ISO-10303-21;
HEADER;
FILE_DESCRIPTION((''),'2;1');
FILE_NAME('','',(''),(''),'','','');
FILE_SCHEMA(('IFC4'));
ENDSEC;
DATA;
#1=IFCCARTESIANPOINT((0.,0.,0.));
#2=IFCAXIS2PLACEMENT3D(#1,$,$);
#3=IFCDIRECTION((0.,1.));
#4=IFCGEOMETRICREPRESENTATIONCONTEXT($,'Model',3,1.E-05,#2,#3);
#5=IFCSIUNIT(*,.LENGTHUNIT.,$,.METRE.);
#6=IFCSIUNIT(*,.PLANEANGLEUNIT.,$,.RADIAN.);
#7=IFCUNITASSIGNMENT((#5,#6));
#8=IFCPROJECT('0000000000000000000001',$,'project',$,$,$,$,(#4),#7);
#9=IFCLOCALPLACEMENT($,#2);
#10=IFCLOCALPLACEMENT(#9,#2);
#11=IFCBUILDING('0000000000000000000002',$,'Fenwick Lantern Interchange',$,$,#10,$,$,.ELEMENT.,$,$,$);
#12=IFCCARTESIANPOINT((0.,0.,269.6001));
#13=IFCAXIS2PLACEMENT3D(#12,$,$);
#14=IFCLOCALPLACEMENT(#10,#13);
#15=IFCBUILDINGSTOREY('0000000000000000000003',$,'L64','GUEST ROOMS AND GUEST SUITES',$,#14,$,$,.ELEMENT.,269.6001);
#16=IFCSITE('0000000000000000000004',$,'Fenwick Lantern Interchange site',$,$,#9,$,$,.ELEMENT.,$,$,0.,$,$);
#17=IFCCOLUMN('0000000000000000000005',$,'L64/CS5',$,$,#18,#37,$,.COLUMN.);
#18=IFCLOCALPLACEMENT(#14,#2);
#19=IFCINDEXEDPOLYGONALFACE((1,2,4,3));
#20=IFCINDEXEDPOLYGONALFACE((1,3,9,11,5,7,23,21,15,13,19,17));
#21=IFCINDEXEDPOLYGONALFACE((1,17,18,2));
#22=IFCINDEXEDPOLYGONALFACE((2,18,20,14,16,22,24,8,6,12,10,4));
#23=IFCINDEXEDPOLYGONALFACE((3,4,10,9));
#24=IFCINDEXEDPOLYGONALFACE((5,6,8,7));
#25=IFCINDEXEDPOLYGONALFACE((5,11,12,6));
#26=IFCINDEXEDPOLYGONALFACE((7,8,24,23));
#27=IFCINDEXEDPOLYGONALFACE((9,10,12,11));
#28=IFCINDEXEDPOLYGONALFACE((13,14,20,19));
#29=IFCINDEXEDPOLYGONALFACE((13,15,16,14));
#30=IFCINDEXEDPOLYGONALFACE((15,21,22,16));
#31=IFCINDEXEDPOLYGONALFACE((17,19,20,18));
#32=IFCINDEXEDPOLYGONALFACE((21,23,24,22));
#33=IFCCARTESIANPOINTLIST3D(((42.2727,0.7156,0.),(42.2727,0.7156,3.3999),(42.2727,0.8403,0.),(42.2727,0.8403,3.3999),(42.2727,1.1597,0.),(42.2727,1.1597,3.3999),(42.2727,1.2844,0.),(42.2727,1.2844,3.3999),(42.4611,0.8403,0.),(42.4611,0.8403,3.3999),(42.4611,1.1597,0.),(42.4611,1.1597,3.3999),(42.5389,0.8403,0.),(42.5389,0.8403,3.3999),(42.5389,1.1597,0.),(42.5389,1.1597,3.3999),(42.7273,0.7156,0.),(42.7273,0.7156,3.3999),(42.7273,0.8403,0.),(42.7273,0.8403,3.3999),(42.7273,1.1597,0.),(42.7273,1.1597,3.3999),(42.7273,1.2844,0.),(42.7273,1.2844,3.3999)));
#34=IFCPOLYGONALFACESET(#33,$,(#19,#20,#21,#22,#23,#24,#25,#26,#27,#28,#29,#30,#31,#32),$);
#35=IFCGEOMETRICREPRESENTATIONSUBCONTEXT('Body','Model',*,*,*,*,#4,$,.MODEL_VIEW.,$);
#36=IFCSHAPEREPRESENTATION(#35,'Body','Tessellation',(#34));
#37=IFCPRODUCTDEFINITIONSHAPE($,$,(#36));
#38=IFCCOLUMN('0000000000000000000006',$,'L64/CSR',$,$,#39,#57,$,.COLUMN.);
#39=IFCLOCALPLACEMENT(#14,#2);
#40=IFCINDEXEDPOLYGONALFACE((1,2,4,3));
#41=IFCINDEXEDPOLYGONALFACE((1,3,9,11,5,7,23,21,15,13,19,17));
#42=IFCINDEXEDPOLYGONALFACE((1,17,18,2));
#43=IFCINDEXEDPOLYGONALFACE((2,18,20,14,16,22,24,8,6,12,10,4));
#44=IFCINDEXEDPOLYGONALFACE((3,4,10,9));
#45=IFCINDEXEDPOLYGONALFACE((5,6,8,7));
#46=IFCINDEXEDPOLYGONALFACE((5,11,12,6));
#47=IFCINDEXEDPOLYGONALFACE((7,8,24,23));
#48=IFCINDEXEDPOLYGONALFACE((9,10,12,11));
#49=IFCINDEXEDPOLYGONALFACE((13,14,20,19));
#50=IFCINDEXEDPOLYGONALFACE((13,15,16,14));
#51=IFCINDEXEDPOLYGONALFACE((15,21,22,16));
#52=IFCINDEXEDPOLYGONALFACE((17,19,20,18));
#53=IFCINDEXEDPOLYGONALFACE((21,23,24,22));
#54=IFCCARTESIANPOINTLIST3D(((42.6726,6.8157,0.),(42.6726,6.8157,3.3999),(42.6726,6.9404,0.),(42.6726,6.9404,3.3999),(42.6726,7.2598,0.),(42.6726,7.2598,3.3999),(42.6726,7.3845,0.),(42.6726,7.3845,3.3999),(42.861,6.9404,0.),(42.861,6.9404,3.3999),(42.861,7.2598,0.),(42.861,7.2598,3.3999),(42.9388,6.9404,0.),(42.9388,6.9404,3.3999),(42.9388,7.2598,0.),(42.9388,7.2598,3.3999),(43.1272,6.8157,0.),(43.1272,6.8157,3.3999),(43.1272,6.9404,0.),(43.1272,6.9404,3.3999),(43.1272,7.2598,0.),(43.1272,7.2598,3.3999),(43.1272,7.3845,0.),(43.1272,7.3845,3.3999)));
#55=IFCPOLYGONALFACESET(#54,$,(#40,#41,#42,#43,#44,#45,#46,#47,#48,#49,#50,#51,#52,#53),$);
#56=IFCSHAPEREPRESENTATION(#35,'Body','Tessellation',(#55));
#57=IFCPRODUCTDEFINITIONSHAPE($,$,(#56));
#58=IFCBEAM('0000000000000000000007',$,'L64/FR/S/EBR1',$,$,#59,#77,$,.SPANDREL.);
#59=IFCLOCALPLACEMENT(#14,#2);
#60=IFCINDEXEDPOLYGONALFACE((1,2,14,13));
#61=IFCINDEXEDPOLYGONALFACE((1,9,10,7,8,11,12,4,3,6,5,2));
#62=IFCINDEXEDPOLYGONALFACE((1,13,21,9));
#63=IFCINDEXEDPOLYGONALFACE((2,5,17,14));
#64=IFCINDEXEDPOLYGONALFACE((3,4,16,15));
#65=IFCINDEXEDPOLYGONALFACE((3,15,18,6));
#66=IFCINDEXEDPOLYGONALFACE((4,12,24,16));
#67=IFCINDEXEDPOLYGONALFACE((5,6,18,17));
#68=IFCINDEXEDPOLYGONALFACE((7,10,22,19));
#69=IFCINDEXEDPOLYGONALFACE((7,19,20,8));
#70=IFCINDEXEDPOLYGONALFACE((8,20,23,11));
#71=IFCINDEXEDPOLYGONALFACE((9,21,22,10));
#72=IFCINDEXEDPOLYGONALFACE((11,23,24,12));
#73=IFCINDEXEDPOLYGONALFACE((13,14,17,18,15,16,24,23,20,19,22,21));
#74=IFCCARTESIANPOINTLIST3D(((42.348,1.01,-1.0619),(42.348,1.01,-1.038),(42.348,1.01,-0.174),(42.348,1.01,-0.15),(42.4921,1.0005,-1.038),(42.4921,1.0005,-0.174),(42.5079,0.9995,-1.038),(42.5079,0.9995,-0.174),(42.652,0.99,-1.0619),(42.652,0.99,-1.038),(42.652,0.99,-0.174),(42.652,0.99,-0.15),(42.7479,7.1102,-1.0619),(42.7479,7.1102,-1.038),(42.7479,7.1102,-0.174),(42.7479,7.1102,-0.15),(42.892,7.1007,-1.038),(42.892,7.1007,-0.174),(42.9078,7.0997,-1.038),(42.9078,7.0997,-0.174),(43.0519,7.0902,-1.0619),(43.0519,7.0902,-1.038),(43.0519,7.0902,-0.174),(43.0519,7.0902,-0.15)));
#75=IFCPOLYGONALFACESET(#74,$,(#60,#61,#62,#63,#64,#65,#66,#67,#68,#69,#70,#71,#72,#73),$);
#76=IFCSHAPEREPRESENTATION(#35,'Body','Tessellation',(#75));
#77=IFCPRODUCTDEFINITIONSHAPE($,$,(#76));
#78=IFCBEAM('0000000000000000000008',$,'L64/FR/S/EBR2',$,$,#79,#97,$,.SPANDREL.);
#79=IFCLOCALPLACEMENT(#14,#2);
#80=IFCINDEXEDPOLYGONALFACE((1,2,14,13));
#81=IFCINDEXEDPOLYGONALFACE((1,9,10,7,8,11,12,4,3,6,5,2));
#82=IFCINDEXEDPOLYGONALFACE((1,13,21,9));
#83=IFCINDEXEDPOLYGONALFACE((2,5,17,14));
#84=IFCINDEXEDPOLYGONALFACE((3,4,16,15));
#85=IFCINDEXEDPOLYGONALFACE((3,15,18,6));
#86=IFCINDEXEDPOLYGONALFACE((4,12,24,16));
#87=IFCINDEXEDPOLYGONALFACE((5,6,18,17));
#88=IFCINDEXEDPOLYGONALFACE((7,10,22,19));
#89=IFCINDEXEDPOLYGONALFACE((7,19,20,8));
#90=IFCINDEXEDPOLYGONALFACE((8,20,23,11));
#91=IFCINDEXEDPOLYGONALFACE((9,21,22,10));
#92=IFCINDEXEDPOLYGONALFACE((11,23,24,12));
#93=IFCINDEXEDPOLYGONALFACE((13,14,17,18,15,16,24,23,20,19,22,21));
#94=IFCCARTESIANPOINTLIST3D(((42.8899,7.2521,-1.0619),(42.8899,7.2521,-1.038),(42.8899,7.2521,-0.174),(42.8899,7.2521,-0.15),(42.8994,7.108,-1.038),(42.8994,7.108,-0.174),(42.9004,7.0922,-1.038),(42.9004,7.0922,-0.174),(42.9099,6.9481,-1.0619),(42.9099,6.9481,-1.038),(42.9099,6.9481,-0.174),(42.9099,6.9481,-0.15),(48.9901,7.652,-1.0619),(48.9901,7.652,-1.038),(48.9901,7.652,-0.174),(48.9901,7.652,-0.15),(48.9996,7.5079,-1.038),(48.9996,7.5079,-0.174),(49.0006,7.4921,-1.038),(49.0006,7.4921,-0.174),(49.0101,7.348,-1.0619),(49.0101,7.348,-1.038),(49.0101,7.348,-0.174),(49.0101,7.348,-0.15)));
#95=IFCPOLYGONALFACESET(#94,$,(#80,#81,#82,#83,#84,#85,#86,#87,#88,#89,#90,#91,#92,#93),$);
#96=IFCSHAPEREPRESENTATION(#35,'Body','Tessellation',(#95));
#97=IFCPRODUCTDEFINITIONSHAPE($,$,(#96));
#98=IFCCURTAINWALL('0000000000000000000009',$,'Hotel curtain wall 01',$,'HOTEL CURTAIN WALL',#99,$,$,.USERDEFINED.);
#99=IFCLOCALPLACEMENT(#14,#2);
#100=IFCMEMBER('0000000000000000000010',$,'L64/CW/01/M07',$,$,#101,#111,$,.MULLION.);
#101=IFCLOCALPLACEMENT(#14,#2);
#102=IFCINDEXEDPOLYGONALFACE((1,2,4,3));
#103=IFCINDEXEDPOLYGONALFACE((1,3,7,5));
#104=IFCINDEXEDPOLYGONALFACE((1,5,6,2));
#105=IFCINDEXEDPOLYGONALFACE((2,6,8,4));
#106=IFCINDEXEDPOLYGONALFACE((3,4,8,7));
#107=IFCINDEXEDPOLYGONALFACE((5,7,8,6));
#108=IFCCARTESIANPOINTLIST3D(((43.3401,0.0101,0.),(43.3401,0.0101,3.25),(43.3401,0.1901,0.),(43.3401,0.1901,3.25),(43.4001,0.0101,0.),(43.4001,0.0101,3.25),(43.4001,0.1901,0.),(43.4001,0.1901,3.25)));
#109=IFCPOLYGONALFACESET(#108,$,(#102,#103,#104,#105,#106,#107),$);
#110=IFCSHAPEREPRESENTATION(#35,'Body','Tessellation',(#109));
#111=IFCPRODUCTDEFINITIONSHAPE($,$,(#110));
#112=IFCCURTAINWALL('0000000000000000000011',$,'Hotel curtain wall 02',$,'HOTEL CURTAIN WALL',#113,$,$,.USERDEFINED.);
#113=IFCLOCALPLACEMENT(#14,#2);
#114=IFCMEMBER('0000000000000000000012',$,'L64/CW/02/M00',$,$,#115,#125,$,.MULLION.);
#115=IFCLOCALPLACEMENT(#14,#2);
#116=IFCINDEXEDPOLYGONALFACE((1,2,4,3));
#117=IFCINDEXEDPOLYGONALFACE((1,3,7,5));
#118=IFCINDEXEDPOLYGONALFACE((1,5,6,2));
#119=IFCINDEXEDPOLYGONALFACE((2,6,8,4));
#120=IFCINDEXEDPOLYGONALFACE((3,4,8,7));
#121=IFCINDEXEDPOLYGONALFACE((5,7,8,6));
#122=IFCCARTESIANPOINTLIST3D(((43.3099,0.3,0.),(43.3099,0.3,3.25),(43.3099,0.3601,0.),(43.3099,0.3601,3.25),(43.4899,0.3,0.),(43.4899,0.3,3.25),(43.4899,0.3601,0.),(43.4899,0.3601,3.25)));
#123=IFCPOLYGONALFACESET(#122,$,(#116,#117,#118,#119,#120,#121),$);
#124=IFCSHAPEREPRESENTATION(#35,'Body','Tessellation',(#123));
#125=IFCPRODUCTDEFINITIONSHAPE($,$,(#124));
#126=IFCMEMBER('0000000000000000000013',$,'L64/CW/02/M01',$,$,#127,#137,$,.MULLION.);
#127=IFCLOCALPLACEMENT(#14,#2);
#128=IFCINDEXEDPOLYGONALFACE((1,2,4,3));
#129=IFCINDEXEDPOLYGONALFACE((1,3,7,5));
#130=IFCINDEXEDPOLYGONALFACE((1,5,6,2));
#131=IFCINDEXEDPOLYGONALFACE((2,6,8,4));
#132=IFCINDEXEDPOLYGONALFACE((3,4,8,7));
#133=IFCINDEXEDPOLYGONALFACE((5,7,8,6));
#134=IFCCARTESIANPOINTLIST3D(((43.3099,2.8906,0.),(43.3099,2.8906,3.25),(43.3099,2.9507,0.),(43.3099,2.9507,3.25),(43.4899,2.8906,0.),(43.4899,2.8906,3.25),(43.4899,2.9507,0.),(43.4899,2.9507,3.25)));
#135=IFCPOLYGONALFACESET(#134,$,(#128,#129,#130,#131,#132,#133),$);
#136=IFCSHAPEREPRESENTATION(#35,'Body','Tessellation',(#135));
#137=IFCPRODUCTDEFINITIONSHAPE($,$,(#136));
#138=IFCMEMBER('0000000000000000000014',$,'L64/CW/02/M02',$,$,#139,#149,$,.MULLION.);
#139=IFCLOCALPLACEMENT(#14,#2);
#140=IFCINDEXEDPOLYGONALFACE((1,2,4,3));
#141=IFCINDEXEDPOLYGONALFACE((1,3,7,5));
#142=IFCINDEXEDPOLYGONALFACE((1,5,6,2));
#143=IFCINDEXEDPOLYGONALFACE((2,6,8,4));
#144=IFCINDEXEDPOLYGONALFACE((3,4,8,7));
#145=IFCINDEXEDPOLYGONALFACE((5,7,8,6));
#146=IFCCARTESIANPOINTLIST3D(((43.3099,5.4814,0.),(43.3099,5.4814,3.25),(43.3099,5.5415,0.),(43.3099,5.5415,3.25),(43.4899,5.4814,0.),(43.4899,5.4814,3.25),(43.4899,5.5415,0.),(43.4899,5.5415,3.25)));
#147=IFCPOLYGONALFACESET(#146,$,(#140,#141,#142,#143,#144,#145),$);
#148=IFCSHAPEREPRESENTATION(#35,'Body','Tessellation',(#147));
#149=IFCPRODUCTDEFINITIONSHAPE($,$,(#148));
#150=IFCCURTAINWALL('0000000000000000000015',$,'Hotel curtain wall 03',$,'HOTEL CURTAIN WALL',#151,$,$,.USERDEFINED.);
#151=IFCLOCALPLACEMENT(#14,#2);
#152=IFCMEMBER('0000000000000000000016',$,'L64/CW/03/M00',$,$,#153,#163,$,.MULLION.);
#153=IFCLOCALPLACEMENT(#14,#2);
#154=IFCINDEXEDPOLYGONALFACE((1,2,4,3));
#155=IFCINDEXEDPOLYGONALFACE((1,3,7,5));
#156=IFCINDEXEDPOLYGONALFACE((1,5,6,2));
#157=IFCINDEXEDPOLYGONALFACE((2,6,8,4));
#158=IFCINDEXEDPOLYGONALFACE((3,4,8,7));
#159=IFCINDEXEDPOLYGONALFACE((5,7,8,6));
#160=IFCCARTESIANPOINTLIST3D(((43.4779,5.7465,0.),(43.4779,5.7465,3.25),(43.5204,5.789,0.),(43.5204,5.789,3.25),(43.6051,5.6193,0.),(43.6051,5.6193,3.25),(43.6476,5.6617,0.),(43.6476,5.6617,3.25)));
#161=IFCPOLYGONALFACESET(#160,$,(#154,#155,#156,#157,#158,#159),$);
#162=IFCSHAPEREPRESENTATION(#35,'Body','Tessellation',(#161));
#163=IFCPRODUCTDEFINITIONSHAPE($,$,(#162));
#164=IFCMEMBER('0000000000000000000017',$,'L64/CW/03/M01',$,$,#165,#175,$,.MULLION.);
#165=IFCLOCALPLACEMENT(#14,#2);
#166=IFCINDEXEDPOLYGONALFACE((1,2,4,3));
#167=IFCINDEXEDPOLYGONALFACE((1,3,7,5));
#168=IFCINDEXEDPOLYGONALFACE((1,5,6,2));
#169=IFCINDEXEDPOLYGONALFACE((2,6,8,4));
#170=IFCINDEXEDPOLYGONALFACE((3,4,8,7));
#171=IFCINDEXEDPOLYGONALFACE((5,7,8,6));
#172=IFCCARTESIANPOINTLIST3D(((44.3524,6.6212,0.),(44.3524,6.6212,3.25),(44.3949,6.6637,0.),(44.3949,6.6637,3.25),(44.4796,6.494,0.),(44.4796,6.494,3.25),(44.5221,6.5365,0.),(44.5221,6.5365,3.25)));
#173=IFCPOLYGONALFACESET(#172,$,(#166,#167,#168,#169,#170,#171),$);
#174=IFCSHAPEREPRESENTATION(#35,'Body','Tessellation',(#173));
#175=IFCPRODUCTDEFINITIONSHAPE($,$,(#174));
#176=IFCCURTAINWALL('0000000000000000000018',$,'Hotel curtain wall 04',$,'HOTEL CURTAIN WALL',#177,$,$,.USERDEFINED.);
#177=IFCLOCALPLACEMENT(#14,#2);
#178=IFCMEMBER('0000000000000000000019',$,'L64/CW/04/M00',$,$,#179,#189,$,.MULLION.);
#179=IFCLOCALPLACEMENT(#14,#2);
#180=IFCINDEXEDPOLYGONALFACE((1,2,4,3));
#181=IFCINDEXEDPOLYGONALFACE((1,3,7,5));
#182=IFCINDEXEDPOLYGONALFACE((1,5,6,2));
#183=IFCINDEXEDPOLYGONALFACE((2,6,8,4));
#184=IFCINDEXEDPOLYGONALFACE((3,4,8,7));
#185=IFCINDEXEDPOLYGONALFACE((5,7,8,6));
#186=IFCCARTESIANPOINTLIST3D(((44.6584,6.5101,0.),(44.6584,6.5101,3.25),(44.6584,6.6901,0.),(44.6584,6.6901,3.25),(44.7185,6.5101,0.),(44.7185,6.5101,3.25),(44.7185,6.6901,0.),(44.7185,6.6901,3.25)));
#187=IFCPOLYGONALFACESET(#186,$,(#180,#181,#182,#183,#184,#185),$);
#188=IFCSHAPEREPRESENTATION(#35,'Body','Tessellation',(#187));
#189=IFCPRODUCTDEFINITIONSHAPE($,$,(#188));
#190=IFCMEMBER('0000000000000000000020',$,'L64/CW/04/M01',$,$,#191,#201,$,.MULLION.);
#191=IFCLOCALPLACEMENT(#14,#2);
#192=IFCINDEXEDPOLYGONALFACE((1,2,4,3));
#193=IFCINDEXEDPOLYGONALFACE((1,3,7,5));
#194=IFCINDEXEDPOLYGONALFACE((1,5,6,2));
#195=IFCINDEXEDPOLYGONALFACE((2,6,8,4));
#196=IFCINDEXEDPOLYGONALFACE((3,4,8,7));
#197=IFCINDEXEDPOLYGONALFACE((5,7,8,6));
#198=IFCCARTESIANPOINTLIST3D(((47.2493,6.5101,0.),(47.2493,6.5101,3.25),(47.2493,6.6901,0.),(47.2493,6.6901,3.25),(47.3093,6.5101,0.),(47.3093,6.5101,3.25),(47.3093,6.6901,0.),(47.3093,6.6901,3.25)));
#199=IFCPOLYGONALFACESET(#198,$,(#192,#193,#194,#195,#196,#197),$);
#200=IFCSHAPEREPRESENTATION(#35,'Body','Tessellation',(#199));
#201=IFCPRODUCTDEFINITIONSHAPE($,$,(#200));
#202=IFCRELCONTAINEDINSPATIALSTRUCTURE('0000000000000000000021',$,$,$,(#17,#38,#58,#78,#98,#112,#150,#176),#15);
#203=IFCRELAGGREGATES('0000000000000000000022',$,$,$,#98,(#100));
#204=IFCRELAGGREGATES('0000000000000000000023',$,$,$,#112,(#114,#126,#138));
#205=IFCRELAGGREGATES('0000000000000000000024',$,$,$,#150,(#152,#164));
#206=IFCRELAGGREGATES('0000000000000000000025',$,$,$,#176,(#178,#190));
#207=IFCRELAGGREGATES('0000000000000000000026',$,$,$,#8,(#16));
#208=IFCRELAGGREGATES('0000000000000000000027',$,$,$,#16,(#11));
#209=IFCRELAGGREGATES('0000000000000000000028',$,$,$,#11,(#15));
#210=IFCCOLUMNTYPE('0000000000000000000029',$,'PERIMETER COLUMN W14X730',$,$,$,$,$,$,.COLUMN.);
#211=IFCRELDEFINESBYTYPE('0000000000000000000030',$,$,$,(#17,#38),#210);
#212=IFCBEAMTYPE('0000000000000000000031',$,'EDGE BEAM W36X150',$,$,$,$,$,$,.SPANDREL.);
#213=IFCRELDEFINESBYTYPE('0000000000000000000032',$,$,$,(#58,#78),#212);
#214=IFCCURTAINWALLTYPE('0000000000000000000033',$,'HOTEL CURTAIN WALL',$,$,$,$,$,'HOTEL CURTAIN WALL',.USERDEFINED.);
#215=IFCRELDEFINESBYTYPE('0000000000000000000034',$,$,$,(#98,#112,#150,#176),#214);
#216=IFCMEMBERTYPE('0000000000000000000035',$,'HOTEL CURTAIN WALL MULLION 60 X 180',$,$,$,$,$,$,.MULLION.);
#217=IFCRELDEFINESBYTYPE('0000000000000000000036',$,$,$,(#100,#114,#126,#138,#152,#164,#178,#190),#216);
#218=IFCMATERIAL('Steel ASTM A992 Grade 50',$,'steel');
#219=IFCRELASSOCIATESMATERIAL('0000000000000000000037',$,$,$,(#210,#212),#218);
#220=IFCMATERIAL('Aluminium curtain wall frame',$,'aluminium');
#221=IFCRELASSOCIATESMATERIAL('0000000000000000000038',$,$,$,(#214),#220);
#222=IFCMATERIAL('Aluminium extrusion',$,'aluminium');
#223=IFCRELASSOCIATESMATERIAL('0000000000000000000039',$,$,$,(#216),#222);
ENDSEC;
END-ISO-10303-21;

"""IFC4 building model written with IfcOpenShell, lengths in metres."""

from ifc_helpers import new_model, si_unit, direction, frame, origin, origin_2d, place, context, subcontext, project, spatial, rectangle, i_section, extrude, material, material_profile, profile_set, type_object, element, aggregate, save


model = new_model("IFC4")

# Units and contexts
model_context = context("Model", 3, precision=1e-05, world=origin(), true_north=direction((0.0, 1.0)))
body_context = subcontext(model_context, "Body", "Model", "MODEL_VIEW")
ifc_project = project(units=[si_unit("LENGTHUNIT", "METRE"), si_unit("PLANEANGLEUNIT", "RADIAN")], contexts=[model_context])

# Site, building, storey
site_placement = place(None, origin())
site = spatial("IfcSite", under=ifc_project, at=site_placement, Name="Fenwick Lantern Interchange site", CompositionType="ELEMENT", RefElevation=0.0)
building_placement = place(site_placement, origin())
building = spatial("IfcBuilding", under=site, at=building_placement, Name="Fenwick Lantern Interchange", CompositionType="ELEMENT")
storey_placement = place(building_placement, frame((0.0, 0.0, 269.6001)))
storey = spatial("IfcBuildingStorey", under=building, at=storey_placement, Name="L64", Description="GUEST ROOMS AND GUEST SUITES", CompositionType="ELEMENT", Elevation=269.6001)

# Columns
ifc_material_1 = material(Name="Steel ASTM A992 Grade 50", Category="steel")
ifc_material_profile_1 = material_profile(ifc_material_1, i_section(OverallWidth=0.4546, OverallDepth=0.5688, WebThickness=0.0779, FlangeThickness=0.1248, at=origin_2d()), Name="W14X730")
ifc_profile_set_1 = profile_set([ifc_material_profile_1], Name="Steel ASTM A992 Grade 50")
column_type = type_object("IfcColumnType", Name="PERIMETER COLUMN W14X730", PredefinedType="COLUMN", material=ifc_profile_set_1)
for number, where, z_axis, x_axis, name in (
    (1, (42.5, 1.0, 0.0), (0.0, 0.0, 1.0), (1.0, 0.0, 0.0), "L64/CS5"),
    (2, (42.8999, 7.1001, 0.0), (0.0, 0.0, 1.0), (1.0, 0.0, 0.0), "L64/CSR"),
):
    element("IfcColumn", number, at=place(storey_placement, frame(where, z_axis=z_axis, x_axis=x_axis)), inside=storey, type_object=column_type, Name=name, PredefinedType="COLUMN", context=body_context, shape_type="SweptSolid", body=[
        extrude(i_section(OverallWidth=0.4546, OverallDepth=0.5688, WebThickness=0.0779, FlangeThickness=0.1248, at=origin_2d()), origin(), (0.0, 0.0, 1.0), 3.3999),
    ])

# Beams
ifc_material_profile_2 = material_profile(ifc_material_1, i_section(OverallWidth=0.3047, OverallDepth=0.9119, WebThickness=0.0159, FlangeThickness=0.0239, at=origin_2d()), Name="W36X150")
ifc_profile_set_2 = profile_set([ifc_material_profile_2], Name="Steel ASTM A992 Grade 50")
beam_type = type_object("IfcBeamType", Name="EDGE BEAM W36X150", PredefinedType="SPANDREL", material=ifc_profile_set_2)
for number, where, z_axis, x_axis, name in (
    (3, (42.5, 1.0, -0.606), (0.065416, 0.997858, 0.0), (-0.997858, 0.065416, 0.0), "L64/FR/S/EBR1"),
    (4, (42.8999, 7.1001, -0.606), (0.997858, 0.065416, 0.0), (-0.065416, 0.997858, 0.0), "L64/FR/S/EBR2"),
):
    element("IfcBeam", number, at=place(storey_placement, frame(where, z_axis=z_axis, x_axis=x_axis)), inside=storey, type_object=beam_type, Name=name, PredefinedType="SPANDREL", context=body_context, shape_type="SweptSolid", body=[
        extrude(i_section(OverallWidth=0.3047, OverallDepth=0.9119, WebThickness=0.0159, FlangeThickness=0.0239, at=origin_2d()), origin(), (0.0, 0.0, 1.0), 6.1133),
    ])

# Curtain wall, member
ifc_material_2 = material(Name="Aluminium curtain wall frame", Category="aluminium")
curtain_wall_type = type_object("IfcCurtainWallType", Name="HOTEL CURTAIN WALL", ElementType="HOTEL CURTAIN WALL", PredefinedType="USERDEFINED", material=ifc_material_2)
curtain_wall_1_placement = place(storey_placement, origin())
curtain_wall_1 = element("IfcCurtainWall", 5, at=curtain_wall_1_placement, inside=storey, type_object=curtain_wall_type, Name="Hotel curtain wall 01", ObjectType="HOTEL CURTAIN WALL", PredefinedType="USERDEFINED")
ifc_material_3 = material(Name="Aluminium extrusion", Category="aluminium")
ifc_material_profile_3 = material_profile(ifc_material_3, rectangle(XDim=0.1799, YDim=0.0601, at=origin_2d()), Name="HOTEL CURTAIN WALL MULLION 60 X 180")
ifc_profile_set_3 = profile_set([ifc_material_profile_3], Name="Aluminium extrusion")
member_type_1 = type_object("IfcMemberType", Name="HOTEL CURTAIN WALL MULLION 60 X 180", PredefinedType="MULLION", material=ifc_profile_set_3)
member_1_placement = place(storey_placement, frame((43.3701, 0.1001, 0.0), z_axis=(0.0, 0.0, 1.0), x_axis=(0.0, 1.0, 0.0)))
member_1 = element("IfcMember", 6, at=member_1_placement, type_object=member_type_1, Name="L64/CW/01/M07", PredefinedType="MULLION", context=body_context, shape_type="SweptSolid", body=[
    extrude(rectangle(XDim=0.1799, YDim=0.0601, at=origin_2d()), origin(), (0.0, 0.0, 1.0), 3.25),
])
aggregate(curtain_wall_1, [member_1])

# Curtain walls, members
curtain_wall_2_placement = place(storey_placement, origin())
curtain_wall_2 = element("IfcCurtainWall", 7, at=curtain_wall_2_placement, inside=storey, type_object=curtain_wall_type, Name="Hotel curtain wall 02", ObjectType="HOTEL CURTAIN WALL", PredefinedType="USERDEFINED")
member_2_placement = place(storey_placement, frame((43.3999, 0.3301, 0.0), z_axis=(0.0, 0.0, 1.0), x_axis=(-1.0, 0.0, 0.0)))
member_2 = element("IfcMember", 8, at=member_2_placement, type_object=member_type_1, Name="L64/CW/02/M00", PredefinedType="MULLION", context=body_context, shape_type="SweptSolid", body=[
    extrude(rectangle(XDim=0.1799, YDim=0.0601, at=origin_2d()), origin(), (0.0, 0.0, 1.0), 3.25),
])
member_3_placement = place(storey_placement, frame((43.3999, 2.9207, 0.0), z_axis=(0.0, 0.0, 1.0), x_axis=(-1.0, 0.0, 0.0)))
member_3 = element("IfcMember", 9, at=member_3_placement, type_object=member_type_1, Name="L64/CW/02/M01", PredefinedType="MULLION", context=body_context, shape_type="SweptSolid", body=[
    extrude(rectangle(XDim=0.1799, YDim=0.0601, at=origin_2d()), origin(), (0.0, 0.0, 1.0), 3.25),
])
member_4_placement = place(storey_placement, frame((43.3999, 5.5115, 0.0), z_axis=(0.0, 0.0, 1.0), x_axis=(-1.0, 0.0, 0.0)))
member_4 = element("IfcMember", 10, at=member_4_placement, type_object=member_type_1, Name="L64/CW/02/M02", PredefinedType="MULLION", context=body_context, shape_type="SweptSolid", body=[
    extrude(rectangle(XDim=0.1799, YDim=0.0601, at=origin_2d()), origin(), (0.0, 0.0, 1.0), 3.25),
])
curtain_wall_3_placement = place(storey_placement, origin())
curtain_wall_3 = element("IfcCurtainWall", 11, at=curtain_wall_3_placement, inside=storey, type_object=curtain_wall_type, Name="Hotel curtain wall 03", ObjectType="HOTEL CURTAIN WALL", PredefinedType="USERDEFINED")
member_5_placement = place(storey_placement, frame((43.5627, 5.7041, 0.0), z_axis=(0.0, 0.0, 1.0), x_axis=(-0.707107, 0.707107, 0.0)))
member_5 = element("IfcMember", 12, at=member_5_placement, type_object=member_type_1, Name="L64/CW/03/M00", PredefinedType="MULLION", context=body_context, shape_type="SweptSolid", body=[
    extrude(rectangle(XDim=0.1799, YDim=0.0601, at=origin_2d()), origin(), (0.0, 0.0, 1.0), 3.25),
])
member_6_placement = place(storey_placement, frame((44.4373, 6.5789, 0.0), z_axis=(0.0, 0.0, 1.0), x_axis=(-0.707107, 0.707107, 0.0)))
member_6 = element("IfcMember", 13, at=member_6_placement, type_object=member_type_1, Name="L64/CW/03/M01", PredefinedType="MULLION", context=body_context, shape_type="SweptSolid", body=[
    extrude(rectangle(XDim=0.1799, YDim=0.0601, at=origin_2d()), origin(), (0.0, 0.0, 1.0), 3.25),
])
curtain_wall_4_placement = place(storey_placement, origin())
curtain_wall_4 = element("IfcCurtainWall", 14, at=curtain_wall_4_placement, inside=storey, type_object=curtain_wall_type, Name="Hotel curtain wall 04", ObjectType="HOTEL CURTAIN WALL", PredefinedType="USERDEFINED")
member_7_placement = place(storey_placement, frame((44.6885, 6.6001, 0.0), z_axis=(0.0, 0.0, 1.0), x_axis=(0.0, 1.0, 0.0)))
member_7 = element("IfcMember", 15, at=member_7_placement, type_object=member_type_1, Name="L64/CW/04/M00", PredefinedType="MULLION", context=body_context, shape_type="SweptSolid", body=[
    extrude(rectangle(XDim=0.1799, YDim=0.0601, at=origin_2d()), origin(), (0.0, 0.0, 1.0), 3.25),
])
member_8_placement = place(storey_placement, frame((47.2793, 6.6001, 0.0), z_axis=(0.0, 0.0, 1.0), x_axis=(0.0, 1.0, 0.0)))
member_8 = element("IfcMember", 16, at=member_8_placement, type_object=member_type_1, Name="L64/CW/04/M01", PredefinedType="MULLION", context=body_context, shape_type="SweptSolid", body=[
    extrude(rectangle(XDim=0.1799, YDim=0.0601, at=origin_2d()), origin(), (0.0, 0.0, 1.0), 3.25),
])

aggregate(curtain_wall_2, [member_2, member_3, member_4])
aggregate(curtain_wall_3, [member_5, member_6])
aggregate(curtain_wall_4, [member_7, member_8])

save(model, "model.ifc")
